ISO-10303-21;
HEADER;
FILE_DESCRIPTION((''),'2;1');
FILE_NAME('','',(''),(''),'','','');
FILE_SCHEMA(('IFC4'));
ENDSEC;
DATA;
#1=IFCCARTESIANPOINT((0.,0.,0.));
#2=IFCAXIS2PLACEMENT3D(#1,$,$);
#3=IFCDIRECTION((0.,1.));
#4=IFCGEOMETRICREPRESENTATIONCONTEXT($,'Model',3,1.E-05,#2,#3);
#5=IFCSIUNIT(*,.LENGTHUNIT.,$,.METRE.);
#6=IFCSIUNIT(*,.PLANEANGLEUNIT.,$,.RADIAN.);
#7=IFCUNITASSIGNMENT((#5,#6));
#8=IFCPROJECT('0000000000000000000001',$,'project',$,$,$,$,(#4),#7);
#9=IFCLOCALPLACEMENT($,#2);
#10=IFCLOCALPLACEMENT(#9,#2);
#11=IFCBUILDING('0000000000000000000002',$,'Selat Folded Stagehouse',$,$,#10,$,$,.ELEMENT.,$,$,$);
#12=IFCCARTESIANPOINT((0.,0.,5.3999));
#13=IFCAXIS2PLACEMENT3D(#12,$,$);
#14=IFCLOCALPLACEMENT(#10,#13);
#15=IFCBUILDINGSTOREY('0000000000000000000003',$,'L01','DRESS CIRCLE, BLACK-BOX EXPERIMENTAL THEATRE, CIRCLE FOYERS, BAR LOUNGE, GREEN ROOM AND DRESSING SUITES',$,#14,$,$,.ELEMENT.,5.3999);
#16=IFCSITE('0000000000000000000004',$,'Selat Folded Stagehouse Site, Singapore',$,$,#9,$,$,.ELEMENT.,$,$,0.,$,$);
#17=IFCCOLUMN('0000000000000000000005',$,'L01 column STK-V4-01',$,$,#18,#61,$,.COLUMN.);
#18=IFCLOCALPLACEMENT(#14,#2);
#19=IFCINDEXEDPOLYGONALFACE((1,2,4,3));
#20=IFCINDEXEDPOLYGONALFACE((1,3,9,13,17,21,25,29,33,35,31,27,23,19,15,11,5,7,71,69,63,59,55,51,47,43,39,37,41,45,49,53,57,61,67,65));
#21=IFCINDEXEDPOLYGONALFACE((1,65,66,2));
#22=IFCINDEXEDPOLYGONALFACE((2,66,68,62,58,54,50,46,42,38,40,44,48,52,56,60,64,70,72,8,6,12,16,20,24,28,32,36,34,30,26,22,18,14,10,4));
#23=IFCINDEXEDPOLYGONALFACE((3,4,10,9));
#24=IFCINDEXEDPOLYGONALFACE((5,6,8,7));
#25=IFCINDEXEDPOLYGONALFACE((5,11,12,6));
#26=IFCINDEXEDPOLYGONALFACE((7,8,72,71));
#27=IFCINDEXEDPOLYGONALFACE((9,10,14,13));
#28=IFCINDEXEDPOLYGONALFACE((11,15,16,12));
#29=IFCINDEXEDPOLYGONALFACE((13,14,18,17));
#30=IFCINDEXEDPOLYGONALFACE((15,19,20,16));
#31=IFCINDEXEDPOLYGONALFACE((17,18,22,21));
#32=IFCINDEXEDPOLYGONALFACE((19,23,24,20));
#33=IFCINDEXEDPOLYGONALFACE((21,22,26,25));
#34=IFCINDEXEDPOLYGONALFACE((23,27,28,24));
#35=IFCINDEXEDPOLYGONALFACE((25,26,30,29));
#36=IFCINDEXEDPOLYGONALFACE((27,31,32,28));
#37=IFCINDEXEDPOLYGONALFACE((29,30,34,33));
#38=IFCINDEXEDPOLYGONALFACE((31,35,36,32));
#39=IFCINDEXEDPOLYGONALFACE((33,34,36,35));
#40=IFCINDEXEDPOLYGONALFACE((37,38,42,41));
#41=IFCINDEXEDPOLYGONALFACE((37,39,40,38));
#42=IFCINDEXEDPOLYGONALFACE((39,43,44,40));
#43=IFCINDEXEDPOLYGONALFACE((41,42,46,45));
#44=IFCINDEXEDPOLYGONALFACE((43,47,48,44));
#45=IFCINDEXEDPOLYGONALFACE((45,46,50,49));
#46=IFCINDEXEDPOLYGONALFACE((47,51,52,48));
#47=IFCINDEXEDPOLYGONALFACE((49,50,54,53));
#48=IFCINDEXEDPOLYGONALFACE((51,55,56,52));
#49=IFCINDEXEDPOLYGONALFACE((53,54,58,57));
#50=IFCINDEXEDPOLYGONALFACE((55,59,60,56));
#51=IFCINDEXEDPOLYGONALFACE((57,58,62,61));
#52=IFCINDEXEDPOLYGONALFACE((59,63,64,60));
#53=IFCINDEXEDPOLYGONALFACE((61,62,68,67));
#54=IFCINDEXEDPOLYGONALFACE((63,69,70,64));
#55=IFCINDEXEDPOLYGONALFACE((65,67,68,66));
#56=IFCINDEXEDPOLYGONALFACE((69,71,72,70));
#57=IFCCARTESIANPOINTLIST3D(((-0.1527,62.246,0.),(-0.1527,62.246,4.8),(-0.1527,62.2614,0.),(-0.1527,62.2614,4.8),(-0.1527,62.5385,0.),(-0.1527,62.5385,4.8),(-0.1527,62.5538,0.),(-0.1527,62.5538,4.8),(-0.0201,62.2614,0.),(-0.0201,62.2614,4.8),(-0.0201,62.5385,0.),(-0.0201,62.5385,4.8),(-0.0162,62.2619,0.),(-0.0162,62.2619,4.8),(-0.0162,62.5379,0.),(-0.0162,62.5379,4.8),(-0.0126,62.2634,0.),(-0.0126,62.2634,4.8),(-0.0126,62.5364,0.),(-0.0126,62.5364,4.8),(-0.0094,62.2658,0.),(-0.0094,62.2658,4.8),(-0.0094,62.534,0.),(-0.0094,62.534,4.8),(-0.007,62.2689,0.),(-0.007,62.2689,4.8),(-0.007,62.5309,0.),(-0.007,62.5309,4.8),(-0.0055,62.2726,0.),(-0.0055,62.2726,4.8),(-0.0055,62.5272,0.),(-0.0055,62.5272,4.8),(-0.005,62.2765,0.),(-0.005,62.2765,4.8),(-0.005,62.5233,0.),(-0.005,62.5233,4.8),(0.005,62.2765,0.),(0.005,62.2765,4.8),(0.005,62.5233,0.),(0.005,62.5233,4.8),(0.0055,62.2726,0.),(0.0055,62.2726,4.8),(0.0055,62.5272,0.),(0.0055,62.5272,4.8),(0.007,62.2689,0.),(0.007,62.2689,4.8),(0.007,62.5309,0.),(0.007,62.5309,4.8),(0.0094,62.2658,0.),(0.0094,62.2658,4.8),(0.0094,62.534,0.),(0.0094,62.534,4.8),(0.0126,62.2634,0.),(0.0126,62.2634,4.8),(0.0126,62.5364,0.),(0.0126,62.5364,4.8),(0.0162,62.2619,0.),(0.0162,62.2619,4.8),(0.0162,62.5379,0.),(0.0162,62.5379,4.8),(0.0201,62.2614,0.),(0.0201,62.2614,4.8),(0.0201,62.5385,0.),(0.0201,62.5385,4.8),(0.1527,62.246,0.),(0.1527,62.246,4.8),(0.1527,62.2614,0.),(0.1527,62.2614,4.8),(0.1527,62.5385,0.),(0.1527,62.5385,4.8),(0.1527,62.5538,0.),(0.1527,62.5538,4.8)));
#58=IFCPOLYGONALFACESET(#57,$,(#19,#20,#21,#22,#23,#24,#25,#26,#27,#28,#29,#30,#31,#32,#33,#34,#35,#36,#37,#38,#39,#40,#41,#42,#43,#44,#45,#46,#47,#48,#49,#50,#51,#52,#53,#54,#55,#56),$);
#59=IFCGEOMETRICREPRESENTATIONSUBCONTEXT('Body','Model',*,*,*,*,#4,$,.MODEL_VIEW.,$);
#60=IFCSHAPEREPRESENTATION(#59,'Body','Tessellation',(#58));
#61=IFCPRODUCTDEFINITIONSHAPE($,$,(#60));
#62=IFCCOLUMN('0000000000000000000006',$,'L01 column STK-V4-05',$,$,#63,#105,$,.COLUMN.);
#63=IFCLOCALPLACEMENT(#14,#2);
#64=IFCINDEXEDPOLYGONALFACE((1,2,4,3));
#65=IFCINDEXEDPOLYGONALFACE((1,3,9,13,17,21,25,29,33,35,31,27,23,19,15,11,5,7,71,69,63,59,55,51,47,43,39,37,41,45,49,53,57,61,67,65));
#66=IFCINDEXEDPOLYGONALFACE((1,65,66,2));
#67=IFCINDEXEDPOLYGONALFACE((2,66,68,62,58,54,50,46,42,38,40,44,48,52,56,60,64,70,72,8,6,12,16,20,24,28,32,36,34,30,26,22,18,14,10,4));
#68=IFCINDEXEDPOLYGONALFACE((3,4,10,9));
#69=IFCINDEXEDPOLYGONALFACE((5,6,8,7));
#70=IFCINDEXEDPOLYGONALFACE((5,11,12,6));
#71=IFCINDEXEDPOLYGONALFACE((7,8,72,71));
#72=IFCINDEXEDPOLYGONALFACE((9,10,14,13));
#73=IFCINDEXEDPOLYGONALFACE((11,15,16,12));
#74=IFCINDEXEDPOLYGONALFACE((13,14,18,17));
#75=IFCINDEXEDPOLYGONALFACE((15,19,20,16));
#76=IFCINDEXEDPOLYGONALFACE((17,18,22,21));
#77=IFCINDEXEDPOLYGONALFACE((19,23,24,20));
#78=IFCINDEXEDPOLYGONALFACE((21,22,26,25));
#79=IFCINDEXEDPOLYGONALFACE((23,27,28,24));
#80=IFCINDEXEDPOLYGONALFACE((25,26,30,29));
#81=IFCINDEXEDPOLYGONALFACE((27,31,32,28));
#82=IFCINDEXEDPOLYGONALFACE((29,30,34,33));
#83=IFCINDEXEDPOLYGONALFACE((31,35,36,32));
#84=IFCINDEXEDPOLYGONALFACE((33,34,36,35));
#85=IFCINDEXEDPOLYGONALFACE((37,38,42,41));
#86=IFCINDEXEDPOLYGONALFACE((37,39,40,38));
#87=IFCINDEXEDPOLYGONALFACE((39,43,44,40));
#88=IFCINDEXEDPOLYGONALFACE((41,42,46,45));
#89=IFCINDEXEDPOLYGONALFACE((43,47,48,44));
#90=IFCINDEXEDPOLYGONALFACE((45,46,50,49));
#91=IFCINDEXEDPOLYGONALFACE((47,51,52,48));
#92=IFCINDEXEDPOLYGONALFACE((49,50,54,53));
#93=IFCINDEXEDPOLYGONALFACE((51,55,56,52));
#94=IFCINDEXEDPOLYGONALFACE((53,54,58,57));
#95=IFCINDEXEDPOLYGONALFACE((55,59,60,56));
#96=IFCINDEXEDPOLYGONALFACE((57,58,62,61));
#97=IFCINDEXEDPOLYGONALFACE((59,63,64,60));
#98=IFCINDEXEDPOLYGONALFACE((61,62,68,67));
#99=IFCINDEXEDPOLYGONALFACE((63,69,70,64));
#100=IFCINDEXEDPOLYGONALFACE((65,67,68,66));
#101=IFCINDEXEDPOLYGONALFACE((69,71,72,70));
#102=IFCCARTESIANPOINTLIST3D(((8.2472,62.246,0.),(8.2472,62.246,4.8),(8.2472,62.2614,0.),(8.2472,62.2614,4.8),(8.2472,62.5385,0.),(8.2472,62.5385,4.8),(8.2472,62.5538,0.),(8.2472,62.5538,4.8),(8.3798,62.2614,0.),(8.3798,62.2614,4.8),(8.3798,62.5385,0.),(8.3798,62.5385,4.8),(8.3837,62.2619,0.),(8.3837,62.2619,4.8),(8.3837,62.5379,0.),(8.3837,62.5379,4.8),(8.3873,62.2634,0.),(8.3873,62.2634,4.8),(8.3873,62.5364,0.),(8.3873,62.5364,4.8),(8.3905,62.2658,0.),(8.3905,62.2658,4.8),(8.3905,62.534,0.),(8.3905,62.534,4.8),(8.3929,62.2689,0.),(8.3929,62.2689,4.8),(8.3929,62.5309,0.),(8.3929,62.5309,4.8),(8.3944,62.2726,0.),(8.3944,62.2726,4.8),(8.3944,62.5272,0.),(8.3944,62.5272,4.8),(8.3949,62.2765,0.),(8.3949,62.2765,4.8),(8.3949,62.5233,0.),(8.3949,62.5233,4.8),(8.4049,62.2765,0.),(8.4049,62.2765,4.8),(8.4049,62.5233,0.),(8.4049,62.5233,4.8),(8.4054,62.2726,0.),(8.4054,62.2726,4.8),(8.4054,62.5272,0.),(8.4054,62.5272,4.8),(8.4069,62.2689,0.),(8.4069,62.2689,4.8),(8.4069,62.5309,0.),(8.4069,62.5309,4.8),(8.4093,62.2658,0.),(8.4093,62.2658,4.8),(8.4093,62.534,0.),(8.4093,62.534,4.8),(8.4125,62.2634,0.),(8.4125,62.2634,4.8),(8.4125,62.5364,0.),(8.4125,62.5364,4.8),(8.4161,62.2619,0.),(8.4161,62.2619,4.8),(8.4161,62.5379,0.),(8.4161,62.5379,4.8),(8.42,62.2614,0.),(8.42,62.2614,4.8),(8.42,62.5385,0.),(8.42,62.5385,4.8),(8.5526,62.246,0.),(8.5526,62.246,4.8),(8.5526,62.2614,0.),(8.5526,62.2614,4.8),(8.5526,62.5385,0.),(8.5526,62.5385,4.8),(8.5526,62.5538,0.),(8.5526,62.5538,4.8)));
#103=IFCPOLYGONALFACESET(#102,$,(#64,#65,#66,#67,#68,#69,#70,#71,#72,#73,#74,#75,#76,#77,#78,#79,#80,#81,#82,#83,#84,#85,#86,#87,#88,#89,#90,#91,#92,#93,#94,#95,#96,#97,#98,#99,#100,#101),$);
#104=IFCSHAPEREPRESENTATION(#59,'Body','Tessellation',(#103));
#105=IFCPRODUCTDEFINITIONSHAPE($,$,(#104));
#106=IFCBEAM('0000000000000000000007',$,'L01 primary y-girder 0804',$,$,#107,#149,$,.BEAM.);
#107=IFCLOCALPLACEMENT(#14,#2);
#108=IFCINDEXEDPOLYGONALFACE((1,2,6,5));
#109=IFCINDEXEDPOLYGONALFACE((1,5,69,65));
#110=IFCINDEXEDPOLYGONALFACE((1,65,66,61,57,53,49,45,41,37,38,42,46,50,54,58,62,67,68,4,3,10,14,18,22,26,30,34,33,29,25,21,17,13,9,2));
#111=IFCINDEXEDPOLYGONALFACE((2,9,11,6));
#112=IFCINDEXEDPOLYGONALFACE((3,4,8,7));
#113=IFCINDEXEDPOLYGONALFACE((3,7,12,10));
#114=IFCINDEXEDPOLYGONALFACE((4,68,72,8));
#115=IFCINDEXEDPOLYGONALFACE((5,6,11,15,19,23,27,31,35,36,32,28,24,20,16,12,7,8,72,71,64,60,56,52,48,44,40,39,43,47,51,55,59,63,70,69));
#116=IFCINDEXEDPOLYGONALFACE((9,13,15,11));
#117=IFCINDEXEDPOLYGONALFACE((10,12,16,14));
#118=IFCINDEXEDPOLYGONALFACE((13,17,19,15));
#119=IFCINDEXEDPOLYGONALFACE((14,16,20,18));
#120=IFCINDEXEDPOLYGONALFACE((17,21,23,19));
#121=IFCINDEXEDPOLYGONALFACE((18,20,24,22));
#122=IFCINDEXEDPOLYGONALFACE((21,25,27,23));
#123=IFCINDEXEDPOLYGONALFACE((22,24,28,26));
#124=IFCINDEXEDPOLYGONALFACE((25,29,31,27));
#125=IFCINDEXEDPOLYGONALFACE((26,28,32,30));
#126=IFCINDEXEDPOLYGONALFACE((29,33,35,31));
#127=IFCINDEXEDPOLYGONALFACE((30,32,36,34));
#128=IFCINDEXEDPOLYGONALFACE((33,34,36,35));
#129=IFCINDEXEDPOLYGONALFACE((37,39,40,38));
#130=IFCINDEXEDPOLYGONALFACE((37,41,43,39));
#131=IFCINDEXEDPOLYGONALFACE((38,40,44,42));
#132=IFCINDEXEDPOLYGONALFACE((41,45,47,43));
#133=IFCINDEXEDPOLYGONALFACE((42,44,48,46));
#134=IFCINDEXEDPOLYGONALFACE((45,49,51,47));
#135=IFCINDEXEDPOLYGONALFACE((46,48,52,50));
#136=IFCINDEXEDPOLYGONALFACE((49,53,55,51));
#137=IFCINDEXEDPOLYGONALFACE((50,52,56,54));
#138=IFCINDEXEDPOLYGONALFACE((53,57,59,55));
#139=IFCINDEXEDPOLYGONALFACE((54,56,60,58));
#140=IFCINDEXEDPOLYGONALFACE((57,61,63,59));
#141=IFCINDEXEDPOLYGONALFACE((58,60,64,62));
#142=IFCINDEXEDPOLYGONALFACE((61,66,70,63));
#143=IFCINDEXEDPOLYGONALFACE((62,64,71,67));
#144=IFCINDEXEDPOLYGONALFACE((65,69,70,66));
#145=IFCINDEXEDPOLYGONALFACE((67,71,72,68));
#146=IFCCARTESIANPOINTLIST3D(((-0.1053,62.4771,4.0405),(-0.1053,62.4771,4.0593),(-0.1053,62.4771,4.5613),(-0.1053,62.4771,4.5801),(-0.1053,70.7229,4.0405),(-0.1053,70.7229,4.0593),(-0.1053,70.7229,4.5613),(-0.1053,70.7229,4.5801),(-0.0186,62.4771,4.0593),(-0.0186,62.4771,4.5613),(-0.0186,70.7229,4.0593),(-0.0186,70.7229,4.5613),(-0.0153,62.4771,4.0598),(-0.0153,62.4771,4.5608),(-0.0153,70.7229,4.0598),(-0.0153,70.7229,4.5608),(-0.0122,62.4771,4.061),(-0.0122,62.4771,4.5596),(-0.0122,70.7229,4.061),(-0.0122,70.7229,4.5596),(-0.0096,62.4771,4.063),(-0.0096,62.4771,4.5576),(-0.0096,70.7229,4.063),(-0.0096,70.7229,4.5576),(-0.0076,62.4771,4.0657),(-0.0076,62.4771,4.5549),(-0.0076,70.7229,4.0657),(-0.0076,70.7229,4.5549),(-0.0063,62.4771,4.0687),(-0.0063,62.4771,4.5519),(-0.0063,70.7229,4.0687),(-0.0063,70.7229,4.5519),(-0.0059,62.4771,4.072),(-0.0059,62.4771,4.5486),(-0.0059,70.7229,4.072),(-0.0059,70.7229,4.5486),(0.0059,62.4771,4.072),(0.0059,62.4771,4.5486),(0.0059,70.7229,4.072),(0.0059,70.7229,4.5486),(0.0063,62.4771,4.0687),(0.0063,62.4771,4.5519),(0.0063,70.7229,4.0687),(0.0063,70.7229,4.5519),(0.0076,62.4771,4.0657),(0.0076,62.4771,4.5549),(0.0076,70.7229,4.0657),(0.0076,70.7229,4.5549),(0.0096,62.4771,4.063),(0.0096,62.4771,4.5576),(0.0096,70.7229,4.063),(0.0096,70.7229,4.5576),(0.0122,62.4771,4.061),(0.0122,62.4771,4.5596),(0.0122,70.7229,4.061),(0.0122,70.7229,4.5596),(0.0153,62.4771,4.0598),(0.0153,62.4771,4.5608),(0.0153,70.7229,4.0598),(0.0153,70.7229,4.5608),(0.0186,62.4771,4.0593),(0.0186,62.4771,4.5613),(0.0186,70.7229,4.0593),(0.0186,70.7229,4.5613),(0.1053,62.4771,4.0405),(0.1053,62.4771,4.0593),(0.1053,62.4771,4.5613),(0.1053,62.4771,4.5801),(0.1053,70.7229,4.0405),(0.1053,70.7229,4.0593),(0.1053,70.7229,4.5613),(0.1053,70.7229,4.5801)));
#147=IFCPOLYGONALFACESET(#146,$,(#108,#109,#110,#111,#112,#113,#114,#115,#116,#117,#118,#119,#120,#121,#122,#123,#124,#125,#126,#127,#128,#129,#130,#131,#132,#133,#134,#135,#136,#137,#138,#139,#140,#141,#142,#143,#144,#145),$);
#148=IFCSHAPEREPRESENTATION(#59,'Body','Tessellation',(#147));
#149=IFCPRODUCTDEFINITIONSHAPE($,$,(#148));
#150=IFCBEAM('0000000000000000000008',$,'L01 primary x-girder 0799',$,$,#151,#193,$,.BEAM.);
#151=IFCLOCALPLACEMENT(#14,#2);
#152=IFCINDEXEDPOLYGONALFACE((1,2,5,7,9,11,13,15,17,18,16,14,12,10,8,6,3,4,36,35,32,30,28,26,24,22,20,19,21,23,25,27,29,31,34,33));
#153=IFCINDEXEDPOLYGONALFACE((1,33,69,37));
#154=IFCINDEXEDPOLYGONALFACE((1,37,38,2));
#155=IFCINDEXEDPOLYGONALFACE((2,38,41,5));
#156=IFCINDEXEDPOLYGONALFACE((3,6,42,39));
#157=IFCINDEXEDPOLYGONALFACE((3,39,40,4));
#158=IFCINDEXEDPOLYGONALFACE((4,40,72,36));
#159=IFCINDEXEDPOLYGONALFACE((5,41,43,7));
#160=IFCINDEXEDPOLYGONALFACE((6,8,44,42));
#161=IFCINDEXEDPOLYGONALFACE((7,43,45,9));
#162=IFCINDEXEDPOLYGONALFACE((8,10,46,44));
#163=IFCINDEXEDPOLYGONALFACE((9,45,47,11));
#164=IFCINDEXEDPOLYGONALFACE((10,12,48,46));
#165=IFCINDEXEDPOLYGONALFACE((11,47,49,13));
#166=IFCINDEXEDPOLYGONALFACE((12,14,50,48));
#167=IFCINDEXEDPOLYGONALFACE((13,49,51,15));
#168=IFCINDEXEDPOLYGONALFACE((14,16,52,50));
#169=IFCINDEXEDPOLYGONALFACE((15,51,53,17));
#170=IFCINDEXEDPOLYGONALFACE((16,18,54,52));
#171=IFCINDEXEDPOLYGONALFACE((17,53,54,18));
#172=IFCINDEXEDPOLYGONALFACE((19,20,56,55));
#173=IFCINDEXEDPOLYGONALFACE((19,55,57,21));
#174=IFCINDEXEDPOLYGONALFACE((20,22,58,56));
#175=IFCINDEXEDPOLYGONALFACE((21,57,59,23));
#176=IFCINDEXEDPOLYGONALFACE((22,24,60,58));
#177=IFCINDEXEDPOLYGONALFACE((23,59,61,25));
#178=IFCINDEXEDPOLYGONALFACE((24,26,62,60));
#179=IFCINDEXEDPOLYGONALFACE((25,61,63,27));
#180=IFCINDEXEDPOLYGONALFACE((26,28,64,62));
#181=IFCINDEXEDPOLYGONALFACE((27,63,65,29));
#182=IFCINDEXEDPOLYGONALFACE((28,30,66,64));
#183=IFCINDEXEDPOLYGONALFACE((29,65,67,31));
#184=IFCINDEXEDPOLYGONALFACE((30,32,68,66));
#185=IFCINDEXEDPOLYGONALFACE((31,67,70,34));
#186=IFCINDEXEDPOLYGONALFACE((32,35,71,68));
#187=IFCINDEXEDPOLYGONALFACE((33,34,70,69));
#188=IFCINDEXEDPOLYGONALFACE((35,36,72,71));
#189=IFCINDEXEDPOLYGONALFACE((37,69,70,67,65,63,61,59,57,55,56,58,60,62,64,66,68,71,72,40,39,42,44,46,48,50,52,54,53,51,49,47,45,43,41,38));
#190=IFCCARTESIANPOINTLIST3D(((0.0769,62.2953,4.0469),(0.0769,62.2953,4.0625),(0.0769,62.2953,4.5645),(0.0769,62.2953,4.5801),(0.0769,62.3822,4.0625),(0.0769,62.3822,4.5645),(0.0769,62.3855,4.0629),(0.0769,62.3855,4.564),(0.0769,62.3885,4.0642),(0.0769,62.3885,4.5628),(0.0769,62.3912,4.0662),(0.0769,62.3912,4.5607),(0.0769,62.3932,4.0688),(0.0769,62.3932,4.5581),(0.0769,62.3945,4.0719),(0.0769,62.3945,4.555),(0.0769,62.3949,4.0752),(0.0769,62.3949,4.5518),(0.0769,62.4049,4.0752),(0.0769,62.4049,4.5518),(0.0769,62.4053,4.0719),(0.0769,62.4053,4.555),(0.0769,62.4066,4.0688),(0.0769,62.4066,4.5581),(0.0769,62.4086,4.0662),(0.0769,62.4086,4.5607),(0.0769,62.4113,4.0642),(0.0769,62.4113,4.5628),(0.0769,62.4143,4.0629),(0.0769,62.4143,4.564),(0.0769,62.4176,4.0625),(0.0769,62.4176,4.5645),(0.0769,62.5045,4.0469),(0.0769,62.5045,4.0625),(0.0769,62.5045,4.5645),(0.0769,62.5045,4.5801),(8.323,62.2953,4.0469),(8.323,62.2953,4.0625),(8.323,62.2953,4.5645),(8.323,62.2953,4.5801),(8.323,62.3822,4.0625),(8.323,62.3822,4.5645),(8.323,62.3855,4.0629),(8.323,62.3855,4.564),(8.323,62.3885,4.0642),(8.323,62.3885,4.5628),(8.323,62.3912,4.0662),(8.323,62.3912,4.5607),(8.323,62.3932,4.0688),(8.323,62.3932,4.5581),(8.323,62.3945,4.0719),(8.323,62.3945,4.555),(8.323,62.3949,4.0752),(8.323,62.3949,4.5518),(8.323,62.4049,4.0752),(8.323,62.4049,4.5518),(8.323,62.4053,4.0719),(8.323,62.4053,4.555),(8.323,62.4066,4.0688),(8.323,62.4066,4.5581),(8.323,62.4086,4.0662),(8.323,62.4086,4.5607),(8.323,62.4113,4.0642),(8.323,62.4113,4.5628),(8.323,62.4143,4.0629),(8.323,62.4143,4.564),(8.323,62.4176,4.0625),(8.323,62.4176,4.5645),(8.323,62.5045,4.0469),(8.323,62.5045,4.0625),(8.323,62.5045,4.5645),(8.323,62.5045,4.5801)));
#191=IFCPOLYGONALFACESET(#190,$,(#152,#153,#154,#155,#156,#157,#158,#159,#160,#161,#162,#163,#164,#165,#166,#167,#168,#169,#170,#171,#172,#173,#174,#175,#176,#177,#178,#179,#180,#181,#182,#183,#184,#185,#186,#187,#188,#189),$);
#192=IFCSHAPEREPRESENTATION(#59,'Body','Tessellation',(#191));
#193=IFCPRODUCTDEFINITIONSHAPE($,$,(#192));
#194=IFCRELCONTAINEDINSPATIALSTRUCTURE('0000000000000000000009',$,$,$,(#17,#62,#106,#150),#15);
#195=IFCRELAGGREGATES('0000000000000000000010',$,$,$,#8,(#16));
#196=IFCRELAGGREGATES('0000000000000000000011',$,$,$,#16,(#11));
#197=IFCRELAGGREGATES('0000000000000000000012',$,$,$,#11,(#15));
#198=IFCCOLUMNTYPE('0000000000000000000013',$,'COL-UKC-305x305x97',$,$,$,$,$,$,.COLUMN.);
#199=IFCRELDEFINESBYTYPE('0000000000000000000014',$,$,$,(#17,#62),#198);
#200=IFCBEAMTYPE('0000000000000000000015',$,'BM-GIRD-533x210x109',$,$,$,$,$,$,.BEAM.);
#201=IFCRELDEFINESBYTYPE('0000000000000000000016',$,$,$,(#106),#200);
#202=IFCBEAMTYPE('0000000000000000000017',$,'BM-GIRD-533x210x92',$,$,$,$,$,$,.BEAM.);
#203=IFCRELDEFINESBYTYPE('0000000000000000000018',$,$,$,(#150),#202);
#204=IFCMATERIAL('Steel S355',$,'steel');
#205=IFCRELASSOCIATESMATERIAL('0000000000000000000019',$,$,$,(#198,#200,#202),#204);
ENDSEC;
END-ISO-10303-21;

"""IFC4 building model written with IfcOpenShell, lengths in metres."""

from ifc_helpers import new_model, si_unit, direction, frame, origin, origin_2d, place, context, subcontext, project, spatial, i_section, extrude, material, material_profile, profile_set, type_object, element, save


model = new_model("IFC4")

# Units and contexts
model_context = context("Model", 3, precision=1e-05, world=origin(), true_north=direction((0.0, 1.0)))
body_context = subcontext(model_context, "Body", "Model", "MODEL_VIEW")
ifc_project = project(units=[si_unit("LENGTHUNIT", "METRE"), si_unit("PLANEANGLEUNIT", "RADIAN")], contexts=[model_context])

# Site, building, storey
site_placement = place(None, origin())
site = spatial("IfcSite", under=ifc_project, at=site_placement, Name="Selat Folded Stagehouse Site, Singapore", CompositionType="ELEMENT", RefElevation=0.0)
building_placement = place(site_placement, origin())
building = spatial("IfcBuilding", under=site, at=building_placement, Name="Selat Folded Stagehouse", CompositionType="ELEMENT")
storey_placement = place(building_placement, frame((0.0, 0.0, 5.3999)))
storey = spatial("IfcBuildingStorey", under=building, at=storey_placement, Name="L01", Description="DRESS CIRCLE, BLACK-BOX EXPERIMENTAL THEATRE, CIRCLE FOYERS, BAR LOUNGE, GREEN ROOM AND DRESSING SUITES", CompositionType="ELEMENT", Elevation=5.3999)

# Columns
ifc_material_1 = material(Name="Steel S355", Category="steel")
ifc_material_profile_1 = material_profile(ifc_material_1, i_section(OverallWidth=0.3054, OverallDepth=0.3079, WebThickness=0.01, FlangeThickness=0.0154, FilletRadius=0.0151, at=origin_2d()), Name="UKC 305x305x97")
ifc_profile_set_1 = profile_set([ifc_material_profile_1], Name="Steel S355")
column_type = type_object("IfcColumnType", Name="COL-UKC-305x305x97", PredefinedType="COLUMN", material=ifc_profile_set_1)
for number, where, z_axis, x_axis, name in (
    (1, (0.0, 62.3999, 0.0), (0.0, 0.0, 1.0), (1.0, 0.0, 0.0), "L01 column STK-V4-01"),
    (2, (8.3999, 62.3999, 0.0), (0.0, 0.0, 1.0), (1.0, 0.0, 0.0), "L01 column STK-V4-05"),
):
    element("IfcColumn", number, at=place(storey_placement, frame(where, z_axis=z_axis, x_axis=x_axis)), inside=storey, type_object=column_type, Name=name, PredefinedType="COLUMN", context=body_context, shape_type="SweptSolid", body=[
        extrude(i_section(OverallWidth=0.3054, OverallDepth=0.3079, WebThickness=0.01, FlangeThickness=0.0154, FilletRadius=0.0151, at=origin_2d()), origin(), (0.0, 0.0, 1.0), 4.8),
    ])

# Beams
ifc_material_profile_2 = material_profile(ifc_material_1, i_section(OverallWidth=0.2107, OverallDepth=0.5396, WebThickness=0.0117, FlangeThickness=0.0188, FilletRadius=0.0127, at=origin_2d()), Name="UKB 533x210x109")
ifc_profile_set_2 = profile_set([ifc_material_profile_2], Name="Steel S355")
beam_type_1 = type_object("IfcBeamType", Name="BM-GIRD-533x210x109", PredefinedType="BEAM", material=ifc_profile_set_2)
beam_1_placement = place(storey_placement, frame((0.0, 62.4771, 4.3103), z_axis=(0.0, 1.0, 0.0), x_axis=(-1.0, 0.0, 0.0)))
element("IfcBeam", 3, at=beam_1_placement, inside=storey, type_object=beam_type_1, Name="L01 primary y-girder 0804", PredefinedType="BEAM", context=body_context, shape_type="SweptSolid", body=[
    extrude(i_section(OverallWidth=0.2107, OverallDepth=0.5396, WebThickness=0.0117, FlangeThickness=0.0188, FilletRadius=0.0127, at=origin_2d()), origin(), (0.0, 0.0, 1.0), 8.2458),
])
ifc_material_profile_3 = material_profile(ifc_material_1, i_section(OverallWidth=0.2092, OverallDepth=0.5332, WebThickness=0.01, FlangeThickness=0.0156, FilletRadius=0.0127, at=origin_2d()), Name="UKB 533x210x92")
ifc_profile_set_3 = profile_set([ifc_material_profile_3], Name="Steel S355")
beam_type_2 = type_object("IfcBeamType", Name="BM-GIRD-533x210x92", PredefinedType="BEAM", material=ifc_profile_set_3)
beam_2_placement = place(storey_placement, frame((0.0769, 62.3999, 4.3135), z_axis=(1.0, 0.0, 0.0), x_axis=(0.0, 1.0, 0.0)))
element("IfcBeam", 4, at=beam_2_placement, inside=storey, type_object=beam_type_2, Name="L01 primary x-girder 0799", PredefinedType="BEAM", context=body_context, shape_type="SweptSolid", body=[
    extrude(i_section(OverallWidth=0.2092, OverallDepth=0.5332, WebThickness=0.01, FlangeThickness=0.0156, FilletRadius=0.0127, at=origin_2d()), origin(), (0.0, 0.0, 1.0), 8.2461),
])

save(model, "model.ifc")
